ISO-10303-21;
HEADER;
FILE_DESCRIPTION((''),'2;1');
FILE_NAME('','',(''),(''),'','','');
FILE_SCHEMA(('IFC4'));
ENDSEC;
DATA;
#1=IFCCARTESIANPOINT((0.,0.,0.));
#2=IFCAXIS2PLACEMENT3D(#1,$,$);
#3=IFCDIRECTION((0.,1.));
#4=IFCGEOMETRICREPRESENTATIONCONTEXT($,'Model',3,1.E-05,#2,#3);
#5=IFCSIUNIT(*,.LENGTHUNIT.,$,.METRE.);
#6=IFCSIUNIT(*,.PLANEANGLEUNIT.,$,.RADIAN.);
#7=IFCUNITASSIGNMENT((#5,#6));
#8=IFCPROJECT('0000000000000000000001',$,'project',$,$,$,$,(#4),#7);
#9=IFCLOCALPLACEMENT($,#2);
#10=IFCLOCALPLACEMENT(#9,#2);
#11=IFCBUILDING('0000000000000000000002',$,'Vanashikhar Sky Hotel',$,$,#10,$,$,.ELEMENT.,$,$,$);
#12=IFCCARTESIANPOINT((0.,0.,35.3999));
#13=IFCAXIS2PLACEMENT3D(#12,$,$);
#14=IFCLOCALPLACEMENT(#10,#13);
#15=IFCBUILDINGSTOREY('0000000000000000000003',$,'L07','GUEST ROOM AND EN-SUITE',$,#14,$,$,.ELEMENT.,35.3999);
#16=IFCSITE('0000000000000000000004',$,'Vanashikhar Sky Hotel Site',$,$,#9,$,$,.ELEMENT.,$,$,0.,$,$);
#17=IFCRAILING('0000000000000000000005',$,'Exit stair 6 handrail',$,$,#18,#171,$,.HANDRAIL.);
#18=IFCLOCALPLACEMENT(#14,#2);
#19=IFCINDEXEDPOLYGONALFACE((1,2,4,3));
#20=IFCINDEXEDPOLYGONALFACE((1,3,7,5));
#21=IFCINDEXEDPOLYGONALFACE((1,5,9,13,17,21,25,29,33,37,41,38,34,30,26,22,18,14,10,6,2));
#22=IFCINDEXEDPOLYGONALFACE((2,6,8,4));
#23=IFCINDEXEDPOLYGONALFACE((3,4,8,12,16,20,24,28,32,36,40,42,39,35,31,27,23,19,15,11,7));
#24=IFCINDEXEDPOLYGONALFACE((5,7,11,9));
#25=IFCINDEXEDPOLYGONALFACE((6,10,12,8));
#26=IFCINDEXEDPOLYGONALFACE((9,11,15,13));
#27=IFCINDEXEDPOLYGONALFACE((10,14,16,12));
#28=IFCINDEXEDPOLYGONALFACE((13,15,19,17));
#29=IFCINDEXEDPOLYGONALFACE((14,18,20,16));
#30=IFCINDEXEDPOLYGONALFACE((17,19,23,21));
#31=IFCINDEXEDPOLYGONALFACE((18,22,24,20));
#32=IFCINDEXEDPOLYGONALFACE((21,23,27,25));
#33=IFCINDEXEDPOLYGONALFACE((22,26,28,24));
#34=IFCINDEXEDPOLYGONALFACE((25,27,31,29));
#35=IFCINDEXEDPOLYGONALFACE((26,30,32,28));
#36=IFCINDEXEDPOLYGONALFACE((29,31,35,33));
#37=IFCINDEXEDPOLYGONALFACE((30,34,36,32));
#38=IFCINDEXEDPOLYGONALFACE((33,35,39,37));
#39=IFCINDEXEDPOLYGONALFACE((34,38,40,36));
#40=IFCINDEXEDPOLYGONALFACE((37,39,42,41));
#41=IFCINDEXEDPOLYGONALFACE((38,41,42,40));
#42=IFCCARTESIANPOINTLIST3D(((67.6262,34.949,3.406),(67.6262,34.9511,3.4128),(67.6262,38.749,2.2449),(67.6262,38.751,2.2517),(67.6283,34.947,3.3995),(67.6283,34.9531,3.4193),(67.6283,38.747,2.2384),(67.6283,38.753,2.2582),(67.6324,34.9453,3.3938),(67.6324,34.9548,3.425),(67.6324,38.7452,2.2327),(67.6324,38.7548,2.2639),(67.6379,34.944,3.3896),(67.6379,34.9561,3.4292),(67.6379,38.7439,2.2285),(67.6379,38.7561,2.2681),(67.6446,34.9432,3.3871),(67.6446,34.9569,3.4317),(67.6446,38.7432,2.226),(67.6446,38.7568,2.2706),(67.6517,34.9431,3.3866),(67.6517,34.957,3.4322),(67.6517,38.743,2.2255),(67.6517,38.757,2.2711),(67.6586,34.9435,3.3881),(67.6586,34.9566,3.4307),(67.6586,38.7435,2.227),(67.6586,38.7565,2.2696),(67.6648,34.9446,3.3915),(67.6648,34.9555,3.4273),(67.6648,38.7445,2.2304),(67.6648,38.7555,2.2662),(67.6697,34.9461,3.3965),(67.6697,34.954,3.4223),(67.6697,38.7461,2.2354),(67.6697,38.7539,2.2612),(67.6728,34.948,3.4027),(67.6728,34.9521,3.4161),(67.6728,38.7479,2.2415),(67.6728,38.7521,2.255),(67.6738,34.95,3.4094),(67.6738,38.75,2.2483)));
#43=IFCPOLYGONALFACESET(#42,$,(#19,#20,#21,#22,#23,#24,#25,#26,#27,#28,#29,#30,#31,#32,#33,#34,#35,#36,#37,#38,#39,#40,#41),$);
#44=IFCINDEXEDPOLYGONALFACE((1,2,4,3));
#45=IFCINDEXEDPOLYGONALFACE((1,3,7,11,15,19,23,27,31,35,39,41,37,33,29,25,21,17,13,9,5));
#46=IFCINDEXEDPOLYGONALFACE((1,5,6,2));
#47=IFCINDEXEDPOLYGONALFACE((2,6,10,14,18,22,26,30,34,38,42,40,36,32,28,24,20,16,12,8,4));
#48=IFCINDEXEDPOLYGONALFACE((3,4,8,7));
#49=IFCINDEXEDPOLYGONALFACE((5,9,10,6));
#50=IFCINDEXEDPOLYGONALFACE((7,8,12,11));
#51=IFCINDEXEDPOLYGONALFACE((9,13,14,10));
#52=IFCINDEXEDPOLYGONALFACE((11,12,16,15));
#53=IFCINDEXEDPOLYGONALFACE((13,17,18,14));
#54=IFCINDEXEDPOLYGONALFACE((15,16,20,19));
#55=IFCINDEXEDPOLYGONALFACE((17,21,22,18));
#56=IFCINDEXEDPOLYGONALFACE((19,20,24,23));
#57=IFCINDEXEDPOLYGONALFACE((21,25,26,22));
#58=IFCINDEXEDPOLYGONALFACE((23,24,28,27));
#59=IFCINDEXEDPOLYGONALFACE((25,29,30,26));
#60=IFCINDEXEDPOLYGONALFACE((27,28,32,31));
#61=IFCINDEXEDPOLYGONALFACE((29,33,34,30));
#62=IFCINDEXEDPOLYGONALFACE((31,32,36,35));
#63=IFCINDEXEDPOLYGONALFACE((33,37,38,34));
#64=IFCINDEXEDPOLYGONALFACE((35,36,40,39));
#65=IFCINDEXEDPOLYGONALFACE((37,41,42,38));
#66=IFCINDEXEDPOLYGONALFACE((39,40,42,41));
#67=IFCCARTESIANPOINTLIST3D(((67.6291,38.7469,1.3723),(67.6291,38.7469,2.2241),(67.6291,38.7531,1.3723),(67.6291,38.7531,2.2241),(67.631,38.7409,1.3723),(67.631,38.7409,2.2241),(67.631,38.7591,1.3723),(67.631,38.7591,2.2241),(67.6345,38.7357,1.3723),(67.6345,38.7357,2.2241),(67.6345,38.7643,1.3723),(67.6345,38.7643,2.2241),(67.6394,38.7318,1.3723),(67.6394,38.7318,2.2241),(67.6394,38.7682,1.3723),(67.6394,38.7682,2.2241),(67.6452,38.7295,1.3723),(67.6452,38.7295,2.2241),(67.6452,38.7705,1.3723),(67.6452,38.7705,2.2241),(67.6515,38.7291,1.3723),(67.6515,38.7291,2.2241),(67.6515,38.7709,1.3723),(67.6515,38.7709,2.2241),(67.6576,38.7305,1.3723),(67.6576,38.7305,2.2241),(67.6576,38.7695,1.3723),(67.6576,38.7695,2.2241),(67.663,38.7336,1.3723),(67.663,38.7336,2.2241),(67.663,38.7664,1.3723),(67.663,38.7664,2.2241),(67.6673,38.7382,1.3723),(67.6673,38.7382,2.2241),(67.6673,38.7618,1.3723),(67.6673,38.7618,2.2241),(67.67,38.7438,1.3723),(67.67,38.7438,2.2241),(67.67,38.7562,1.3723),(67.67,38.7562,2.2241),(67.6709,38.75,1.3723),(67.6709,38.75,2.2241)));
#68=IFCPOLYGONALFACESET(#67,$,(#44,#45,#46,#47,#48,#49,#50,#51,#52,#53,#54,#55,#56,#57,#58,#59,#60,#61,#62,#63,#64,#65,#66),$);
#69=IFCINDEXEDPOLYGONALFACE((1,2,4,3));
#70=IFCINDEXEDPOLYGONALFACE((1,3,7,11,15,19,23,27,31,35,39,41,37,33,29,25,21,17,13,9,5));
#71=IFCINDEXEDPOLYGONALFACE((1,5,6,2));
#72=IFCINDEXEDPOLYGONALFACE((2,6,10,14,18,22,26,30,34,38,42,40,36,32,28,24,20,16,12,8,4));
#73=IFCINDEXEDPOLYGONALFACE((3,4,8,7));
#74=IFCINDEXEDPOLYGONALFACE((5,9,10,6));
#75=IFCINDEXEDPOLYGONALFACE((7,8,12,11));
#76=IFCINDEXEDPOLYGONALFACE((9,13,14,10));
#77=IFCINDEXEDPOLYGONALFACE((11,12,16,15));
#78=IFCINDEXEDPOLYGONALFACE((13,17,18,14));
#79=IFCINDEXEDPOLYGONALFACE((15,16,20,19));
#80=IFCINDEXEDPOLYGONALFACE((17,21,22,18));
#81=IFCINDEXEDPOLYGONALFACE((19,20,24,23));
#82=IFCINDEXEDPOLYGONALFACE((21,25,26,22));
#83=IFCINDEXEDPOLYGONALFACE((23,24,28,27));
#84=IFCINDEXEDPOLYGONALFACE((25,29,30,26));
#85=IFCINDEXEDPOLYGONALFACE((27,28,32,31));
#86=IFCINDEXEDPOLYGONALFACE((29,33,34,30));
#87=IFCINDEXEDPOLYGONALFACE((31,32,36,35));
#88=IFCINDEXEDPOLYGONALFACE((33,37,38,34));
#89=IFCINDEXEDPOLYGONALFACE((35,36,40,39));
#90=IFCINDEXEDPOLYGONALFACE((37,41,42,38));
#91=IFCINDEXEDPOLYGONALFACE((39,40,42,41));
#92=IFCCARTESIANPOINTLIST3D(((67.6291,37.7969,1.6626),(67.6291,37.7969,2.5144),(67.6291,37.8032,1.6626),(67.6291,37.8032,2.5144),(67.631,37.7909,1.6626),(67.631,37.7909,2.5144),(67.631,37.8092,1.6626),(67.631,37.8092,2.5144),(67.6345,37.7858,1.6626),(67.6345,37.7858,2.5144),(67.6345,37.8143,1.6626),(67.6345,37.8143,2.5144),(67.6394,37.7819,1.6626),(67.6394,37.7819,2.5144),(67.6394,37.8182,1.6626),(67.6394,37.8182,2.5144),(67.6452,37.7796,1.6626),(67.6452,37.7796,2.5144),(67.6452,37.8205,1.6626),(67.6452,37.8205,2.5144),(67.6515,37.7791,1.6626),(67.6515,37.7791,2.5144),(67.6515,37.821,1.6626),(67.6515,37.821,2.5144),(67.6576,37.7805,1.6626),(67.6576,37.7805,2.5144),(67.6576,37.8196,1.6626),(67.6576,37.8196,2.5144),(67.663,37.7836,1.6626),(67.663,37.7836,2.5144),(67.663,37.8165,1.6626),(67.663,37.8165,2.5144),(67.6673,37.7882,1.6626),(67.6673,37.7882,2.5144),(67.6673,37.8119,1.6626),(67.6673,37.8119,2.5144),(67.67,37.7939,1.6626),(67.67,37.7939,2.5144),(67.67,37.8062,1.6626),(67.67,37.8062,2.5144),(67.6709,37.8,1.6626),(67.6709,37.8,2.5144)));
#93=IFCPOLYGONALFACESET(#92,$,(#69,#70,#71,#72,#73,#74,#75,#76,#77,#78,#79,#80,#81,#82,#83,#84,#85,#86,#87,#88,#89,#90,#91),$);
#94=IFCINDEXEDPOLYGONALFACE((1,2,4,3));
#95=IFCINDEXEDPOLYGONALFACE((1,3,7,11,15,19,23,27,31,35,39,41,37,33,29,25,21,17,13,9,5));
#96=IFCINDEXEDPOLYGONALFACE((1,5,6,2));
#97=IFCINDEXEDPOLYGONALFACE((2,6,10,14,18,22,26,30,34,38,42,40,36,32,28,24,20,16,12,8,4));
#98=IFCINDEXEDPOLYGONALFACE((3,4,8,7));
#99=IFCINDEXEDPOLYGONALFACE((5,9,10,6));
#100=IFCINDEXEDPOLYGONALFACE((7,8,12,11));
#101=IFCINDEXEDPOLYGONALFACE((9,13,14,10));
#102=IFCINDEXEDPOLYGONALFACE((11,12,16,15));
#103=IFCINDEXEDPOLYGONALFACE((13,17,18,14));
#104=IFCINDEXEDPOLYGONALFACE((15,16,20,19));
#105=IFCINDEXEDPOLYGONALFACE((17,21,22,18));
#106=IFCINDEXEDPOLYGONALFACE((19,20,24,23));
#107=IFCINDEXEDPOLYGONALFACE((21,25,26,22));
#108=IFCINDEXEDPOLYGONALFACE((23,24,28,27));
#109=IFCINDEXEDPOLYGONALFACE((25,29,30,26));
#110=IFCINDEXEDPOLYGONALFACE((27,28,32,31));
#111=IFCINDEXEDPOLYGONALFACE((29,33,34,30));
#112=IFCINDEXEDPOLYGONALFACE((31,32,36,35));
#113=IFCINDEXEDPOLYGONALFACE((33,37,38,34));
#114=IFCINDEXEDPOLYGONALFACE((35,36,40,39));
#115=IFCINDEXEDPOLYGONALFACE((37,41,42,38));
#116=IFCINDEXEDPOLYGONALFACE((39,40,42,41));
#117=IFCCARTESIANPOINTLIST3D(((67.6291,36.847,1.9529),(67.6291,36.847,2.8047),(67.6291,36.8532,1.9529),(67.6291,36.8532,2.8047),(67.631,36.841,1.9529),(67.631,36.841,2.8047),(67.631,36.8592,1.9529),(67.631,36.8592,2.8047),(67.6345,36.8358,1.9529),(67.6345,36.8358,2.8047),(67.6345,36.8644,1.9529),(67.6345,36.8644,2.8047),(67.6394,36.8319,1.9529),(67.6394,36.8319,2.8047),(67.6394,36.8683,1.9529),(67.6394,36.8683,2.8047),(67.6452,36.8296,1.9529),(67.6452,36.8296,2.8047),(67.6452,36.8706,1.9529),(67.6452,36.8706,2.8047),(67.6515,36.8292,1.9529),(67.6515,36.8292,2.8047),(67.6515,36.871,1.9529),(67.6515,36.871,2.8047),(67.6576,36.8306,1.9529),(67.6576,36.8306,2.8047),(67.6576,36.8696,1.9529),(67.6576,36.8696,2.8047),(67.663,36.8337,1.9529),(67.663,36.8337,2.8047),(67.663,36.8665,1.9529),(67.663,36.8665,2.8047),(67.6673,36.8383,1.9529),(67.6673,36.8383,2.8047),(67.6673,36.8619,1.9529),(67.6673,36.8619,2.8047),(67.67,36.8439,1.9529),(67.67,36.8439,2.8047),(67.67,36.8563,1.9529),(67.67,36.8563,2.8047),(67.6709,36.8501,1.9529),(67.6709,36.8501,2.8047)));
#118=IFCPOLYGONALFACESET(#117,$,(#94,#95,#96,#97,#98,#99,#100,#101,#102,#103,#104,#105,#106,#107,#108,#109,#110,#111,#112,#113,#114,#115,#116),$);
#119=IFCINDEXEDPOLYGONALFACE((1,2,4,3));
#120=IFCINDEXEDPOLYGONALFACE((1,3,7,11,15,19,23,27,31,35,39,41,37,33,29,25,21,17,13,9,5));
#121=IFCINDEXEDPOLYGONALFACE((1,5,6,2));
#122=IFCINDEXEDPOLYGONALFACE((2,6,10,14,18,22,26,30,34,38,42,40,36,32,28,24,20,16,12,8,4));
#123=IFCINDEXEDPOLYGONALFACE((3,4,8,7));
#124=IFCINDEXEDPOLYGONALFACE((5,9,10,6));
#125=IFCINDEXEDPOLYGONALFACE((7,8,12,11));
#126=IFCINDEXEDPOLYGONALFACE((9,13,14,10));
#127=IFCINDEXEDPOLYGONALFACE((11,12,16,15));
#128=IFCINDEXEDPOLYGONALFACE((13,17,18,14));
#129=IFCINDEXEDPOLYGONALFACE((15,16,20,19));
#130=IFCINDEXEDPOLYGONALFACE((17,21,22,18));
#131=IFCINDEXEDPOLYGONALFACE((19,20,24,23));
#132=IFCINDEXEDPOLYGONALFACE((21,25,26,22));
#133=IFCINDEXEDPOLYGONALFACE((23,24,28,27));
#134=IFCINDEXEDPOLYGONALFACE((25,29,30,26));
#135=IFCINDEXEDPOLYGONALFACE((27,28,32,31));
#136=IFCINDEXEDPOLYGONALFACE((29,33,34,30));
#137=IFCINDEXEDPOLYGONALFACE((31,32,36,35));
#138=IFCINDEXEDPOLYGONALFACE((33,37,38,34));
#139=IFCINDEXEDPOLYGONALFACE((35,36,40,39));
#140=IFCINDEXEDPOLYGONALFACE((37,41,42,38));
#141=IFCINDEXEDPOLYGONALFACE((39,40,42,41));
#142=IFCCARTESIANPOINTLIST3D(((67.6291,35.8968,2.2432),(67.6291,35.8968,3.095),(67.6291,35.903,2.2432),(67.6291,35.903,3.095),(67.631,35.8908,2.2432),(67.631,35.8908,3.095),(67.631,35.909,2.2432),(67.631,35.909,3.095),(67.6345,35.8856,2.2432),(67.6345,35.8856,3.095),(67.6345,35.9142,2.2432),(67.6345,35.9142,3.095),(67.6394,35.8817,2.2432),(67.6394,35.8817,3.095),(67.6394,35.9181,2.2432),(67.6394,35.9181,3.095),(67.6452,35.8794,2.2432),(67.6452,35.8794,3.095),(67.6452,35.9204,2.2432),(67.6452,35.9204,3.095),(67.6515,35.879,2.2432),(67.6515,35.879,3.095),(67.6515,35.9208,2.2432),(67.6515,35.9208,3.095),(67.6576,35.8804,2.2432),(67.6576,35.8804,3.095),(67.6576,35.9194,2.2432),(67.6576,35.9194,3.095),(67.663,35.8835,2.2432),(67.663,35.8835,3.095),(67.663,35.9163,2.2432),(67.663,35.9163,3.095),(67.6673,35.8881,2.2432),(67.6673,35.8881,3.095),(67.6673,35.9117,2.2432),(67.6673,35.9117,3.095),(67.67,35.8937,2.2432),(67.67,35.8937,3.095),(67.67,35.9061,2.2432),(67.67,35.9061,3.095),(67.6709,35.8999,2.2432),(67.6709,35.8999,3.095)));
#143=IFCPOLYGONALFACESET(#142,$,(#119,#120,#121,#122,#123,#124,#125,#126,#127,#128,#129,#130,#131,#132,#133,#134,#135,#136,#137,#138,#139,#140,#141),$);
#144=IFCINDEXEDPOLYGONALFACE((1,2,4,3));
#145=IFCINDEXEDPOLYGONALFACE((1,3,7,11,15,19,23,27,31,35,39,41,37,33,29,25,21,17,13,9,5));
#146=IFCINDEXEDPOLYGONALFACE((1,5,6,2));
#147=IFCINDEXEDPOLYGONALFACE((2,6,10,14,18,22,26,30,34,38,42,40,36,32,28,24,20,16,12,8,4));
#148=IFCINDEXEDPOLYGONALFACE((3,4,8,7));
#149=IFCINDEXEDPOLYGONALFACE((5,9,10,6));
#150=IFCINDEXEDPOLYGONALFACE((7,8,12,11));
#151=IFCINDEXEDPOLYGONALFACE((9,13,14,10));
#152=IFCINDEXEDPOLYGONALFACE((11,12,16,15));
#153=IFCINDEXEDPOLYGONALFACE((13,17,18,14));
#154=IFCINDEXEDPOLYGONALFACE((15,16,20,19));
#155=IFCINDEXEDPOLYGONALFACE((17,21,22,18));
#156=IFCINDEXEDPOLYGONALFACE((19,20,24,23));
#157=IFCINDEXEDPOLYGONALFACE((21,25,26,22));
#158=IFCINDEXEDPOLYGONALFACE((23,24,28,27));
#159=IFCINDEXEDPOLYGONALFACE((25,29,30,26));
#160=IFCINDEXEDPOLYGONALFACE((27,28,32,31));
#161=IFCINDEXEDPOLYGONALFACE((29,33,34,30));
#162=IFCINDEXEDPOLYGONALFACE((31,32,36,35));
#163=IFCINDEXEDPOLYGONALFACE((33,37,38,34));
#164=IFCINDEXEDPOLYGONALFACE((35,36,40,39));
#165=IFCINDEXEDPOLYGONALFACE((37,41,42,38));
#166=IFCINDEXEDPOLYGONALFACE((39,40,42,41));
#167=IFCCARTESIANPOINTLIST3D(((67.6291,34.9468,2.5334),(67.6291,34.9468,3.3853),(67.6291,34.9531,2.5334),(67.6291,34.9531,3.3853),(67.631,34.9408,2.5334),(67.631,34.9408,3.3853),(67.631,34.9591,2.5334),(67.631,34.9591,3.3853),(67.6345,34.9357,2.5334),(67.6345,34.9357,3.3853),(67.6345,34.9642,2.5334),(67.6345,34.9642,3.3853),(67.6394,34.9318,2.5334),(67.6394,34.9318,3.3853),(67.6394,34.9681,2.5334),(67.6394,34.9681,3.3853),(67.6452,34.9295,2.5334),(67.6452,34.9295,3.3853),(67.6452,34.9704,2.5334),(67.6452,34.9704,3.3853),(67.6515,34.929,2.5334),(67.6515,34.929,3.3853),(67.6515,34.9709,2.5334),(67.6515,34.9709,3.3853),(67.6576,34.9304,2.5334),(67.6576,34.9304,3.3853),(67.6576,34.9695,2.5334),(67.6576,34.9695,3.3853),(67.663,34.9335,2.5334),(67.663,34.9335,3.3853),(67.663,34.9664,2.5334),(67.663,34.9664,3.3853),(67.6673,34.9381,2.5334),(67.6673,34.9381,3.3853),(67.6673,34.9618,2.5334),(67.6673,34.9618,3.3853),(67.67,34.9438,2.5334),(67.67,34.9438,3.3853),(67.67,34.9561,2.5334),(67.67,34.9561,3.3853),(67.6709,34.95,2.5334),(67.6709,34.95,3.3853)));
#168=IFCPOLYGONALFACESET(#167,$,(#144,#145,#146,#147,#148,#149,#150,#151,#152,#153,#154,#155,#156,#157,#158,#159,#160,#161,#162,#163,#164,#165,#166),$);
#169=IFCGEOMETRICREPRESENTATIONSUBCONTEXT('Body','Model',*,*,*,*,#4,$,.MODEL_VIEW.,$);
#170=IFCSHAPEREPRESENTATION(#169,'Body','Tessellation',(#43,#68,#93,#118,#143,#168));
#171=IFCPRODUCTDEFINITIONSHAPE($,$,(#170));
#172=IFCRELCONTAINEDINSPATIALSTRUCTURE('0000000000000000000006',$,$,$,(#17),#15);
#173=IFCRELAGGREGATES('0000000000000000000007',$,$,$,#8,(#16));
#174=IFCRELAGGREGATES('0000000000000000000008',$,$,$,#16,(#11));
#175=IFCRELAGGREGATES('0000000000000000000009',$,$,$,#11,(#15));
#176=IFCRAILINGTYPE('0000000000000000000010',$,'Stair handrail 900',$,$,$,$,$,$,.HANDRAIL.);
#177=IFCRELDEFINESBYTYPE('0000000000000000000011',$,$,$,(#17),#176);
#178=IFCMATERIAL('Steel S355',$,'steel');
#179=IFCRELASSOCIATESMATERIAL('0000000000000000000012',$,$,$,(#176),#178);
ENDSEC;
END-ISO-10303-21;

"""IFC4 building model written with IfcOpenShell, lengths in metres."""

from ifc_helpers import new_model, si_unit, direction, frame, origin, origin_2d, place, context, subcontext, project, spatial, circle, extrude, source, transform, mapped, material, type_object, element, save


model = new_model("IFC4")

# Units and contexts
model_context = context("Model", 3, precision=1e-05, world=origin(), true_north=direction((0.0, 1.0)))
body_context = subcontext(model_context, "Body", "Model", "MODEL_VIEW")
ifc_project = project(units=[si_unit("LENGTHUNIT", "METRE"), si_unit("PLANEANGLEUNIT", "RADIAN")], contexts=[model_context])

# Site, building, storey
site_placement = place(None, origin())
site = spatial("IfcSite", under=ifc_project, at=site_placement, Name="Vanashikhar Sky Hotel Site", CompositionType="ELEMENT", RefElevation=0.0)
building_placement = place(site_placement, origin())
building = spatial("IfcBuilding", under=site, at=building_placement, Name="Vanashikhar Sky Hotel", CompositionType="ELEMENT")
storey_placement = place(building_placement, frame((0.0, 0.0, 35.3999)))
storey = spatial("IfcBuildingStorey", under=building, at=storey_placement, Name="L07", Description="GUEST ROOM AND EN-SUITE", CompositionType="ELEMENT", Elevation=35.3999)

# Railing
ifc_material_1 = material(Name="Steel S355", Category="steel")
railing_type_1 = type_object("IfcRailingType", Name="Stair handrail 900", PredefinedType="HANDRAIL", material=ifc_material_1)
shared_shape_1 = source(origin(), body_context, "Body", "SweptSolid", [
    extrude(circle(Radius=0.0239, at=origin_2d()), frame((0.0, 0.0, 0.876), z_axis=(0.0, -0.956351, 0.29222), x_axis=(1.0, 0.0, 0.0)), (0.0, 0.0, 1.0), 3.9734),
    extrude(circle(Radius=0.021, at=origin_2d()), origin(), (0.0, 0.0, 1.0), 0.8518),
    extrude(circle(Radius=0.021, at=origin_2d()), frame((0.0, -0.95, 0.2903)), (0.0, 0.0, 1.0), 0.8518),
    extrude(circle(Radius=0.021, at=origin_2d()), frame((0.0, -1.8999, 0.5806)), (0.0, 0.0, 1.0), 0.8518),
    extrude(circle(Radius=0.021, at=origin_2d()), frame((0.0, -2.8501, 0.8708)), (0.0, 0.0, 1.0), 0.8518),
    extrude(circle(Radius=0.021, at=origin_2d()), frame((0.0, -3.8, 1.1611)), (0.0, 0.0, 1.0), 0.8518),
])
for number, where, name in (
    (1, (67.6499, 38.75, 1.3723), "Exit stair 6 handrail"),
):
    element("IfcRailing", number, at=place(storey_placement, frame(where)), inside=storey, type_object=railing_type_1, Name=name, PredefinedType="HANDRAIL", context=body_context, shape_type="MappedRepresentation", body=[
        mapped(shared_shape_1, transform((0.0, 0.0, 0.0), scale=1.0)),
    ])

save(model, "model.ifc")
